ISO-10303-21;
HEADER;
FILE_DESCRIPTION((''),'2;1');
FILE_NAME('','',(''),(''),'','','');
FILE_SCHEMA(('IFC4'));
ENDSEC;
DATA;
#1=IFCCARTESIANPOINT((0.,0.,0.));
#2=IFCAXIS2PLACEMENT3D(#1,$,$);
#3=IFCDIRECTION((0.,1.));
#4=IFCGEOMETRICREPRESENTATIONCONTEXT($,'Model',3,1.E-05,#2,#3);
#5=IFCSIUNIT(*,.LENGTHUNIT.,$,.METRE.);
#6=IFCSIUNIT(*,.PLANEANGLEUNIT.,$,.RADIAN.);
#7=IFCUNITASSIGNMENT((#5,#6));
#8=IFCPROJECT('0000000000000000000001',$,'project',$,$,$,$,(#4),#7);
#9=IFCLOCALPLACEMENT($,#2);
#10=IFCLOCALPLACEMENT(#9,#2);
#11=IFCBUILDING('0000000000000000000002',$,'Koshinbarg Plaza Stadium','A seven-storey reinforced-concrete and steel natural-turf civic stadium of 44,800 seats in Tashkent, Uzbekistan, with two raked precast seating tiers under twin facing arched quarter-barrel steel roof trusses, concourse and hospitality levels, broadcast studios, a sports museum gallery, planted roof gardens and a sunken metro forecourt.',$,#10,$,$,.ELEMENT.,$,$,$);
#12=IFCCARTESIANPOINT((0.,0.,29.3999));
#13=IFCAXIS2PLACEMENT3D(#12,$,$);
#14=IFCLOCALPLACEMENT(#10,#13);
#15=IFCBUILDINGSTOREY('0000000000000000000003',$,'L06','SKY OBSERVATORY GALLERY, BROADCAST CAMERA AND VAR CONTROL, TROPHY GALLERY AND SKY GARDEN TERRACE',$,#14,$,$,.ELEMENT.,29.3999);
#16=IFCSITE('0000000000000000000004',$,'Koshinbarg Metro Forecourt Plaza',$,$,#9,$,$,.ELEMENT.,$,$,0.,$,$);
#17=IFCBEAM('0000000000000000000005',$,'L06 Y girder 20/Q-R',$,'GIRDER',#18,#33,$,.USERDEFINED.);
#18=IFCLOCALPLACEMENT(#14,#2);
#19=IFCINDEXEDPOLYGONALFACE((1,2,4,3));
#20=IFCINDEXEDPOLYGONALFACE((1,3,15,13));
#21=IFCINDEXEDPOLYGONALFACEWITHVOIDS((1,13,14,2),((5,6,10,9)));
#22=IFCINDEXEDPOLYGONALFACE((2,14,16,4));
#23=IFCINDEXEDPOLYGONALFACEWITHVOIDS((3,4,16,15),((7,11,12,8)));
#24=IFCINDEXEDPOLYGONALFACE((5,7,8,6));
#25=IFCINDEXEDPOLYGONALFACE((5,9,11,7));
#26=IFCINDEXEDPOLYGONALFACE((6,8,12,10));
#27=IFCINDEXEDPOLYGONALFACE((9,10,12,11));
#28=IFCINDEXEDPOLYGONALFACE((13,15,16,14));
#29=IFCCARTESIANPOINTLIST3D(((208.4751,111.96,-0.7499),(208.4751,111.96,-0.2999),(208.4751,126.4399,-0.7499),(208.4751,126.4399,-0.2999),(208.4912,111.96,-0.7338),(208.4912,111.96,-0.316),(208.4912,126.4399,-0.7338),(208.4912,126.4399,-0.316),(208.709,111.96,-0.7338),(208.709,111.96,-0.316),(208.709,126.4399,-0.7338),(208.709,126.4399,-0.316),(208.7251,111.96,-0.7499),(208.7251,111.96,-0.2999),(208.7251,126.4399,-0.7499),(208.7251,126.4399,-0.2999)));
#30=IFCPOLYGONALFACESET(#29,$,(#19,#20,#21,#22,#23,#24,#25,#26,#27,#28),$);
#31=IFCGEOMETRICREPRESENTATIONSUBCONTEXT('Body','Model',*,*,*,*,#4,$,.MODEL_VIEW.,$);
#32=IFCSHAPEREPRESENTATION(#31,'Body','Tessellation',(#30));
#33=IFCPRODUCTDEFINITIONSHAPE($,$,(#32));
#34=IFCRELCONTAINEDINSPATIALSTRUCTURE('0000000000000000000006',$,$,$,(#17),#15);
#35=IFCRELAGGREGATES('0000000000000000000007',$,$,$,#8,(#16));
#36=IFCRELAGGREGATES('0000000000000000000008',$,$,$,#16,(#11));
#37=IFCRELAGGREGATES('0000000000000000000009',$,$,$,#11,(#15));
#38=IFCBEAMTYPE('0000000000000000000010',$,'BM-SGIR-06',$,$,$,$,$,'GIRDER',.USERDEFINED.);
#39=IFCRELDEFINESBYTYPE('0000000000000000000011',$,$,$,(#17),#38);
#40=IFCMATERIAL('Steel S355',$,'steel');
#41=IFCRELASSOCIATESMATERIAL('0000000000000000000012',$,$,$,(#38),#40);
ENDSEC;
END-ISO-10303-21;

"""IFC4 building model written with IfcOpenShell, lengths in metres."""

from ifc_helpers import new_model, si_unit, direction, frame, origin, origin_2d, place, context, subcontext, project, spatial, hollow_rectangle, extrude, material, material_profile, profile_set, type_object, element, save


model = new_model("IFC4")

# Units and contexts
model_context = context("Model", 3, precision=1e-05, world=origin(), true_north=direction((0.0, 1.0)))
body_context = subcontext(model_context, "Body", "Model", "MODEL_VIEW")
ifc_project = project(units=[si_unit("LENGTHUNIT", "METRE"), si_unit("PLANEANGLEUNIT", "RADIAN")], contexts=[model_context])

# Site, building, storey
site_placement = place(None, origin())
site = spatial("IfcSite", under=ifc_project, at=site_placement, Name="Koshinbarg Metro Forecourt Plaza", CompositionType="ELEMENT", RefElevation=0.0)
building_placement = place(site_placement, origin())
building = spatial("IfcBuilding", under=site, at=building_placement, Name="Koshinbarg Plaza Stadium", Description="A seven-storey reinforced-concrete and steel natural-turf civic stadium of 44,800 seats in Tashkent, Uzbekistan, with two raked precast seating tiers under twin facing arched quarter-barrel steel roof trusses, concourse and hospitality levels, broadcast studios, a sports museum gallery, planted roof gardens and a sunken metro forecourt.", CompositionType="ELEMENT")
storey_placement = place(building_placement, frame((0.0, 0.0, 29.3999)))
storey = spatial("IfcBuildingStorey", under=building, at=storey_placement, Name="L06", Description="SKY OBSERVATORY GALLERY, BROADCAST CAMERA AND VAR CONTROL, TROPHY GALLERY AND SKY GARDEN TERRACE", CompositionType="ELEMENT", Elevation=29.3999)

# Beam
ifc_material = material(Name="Steel S355", Category="steel")
ifc_material_profile_1 = material_profile(ifc_material, hollow_rectangle(XDim=0.25, YDim=0.45, WallThickness=0.0161, at=origin_2d()), Name="RHS 450x250x16")
ifc_profile_set_1 = profile_set([ifc_material_profile_1], Name="Steel S355")
beam_type_1 = type_object("IfcBeamType", Name="BM-SGIR-06", ElementType="GIRDER", PredefinedType="USERDEFINED", material=ifc_profile_set_1)
beam_1_placement = place(storey_placement, frame((208.6001, 111.96, -0.5249), z_axis=(0.0, 1.0, 0.0), x_axis=(-1.0, 0.0, 0.0)))
element("IfcBeam", 1, at=beam_1_placement, inside=storey, type_object=beam_type_1, Name="L06 Y girder 20/Q-R", ObjectType="GIRDER", PredefinedType="USERDEFINED", context=body_context, shape_type="SweptSolid", body=[
    extrude(hollow_rectangle(XDim=0.25, YDim=0.45, WallThickness=0.0161, at=origin_2d()), origin(), (0.0, 0.0, 1.0), 14.48),
])

save(model, "model.ifc")
